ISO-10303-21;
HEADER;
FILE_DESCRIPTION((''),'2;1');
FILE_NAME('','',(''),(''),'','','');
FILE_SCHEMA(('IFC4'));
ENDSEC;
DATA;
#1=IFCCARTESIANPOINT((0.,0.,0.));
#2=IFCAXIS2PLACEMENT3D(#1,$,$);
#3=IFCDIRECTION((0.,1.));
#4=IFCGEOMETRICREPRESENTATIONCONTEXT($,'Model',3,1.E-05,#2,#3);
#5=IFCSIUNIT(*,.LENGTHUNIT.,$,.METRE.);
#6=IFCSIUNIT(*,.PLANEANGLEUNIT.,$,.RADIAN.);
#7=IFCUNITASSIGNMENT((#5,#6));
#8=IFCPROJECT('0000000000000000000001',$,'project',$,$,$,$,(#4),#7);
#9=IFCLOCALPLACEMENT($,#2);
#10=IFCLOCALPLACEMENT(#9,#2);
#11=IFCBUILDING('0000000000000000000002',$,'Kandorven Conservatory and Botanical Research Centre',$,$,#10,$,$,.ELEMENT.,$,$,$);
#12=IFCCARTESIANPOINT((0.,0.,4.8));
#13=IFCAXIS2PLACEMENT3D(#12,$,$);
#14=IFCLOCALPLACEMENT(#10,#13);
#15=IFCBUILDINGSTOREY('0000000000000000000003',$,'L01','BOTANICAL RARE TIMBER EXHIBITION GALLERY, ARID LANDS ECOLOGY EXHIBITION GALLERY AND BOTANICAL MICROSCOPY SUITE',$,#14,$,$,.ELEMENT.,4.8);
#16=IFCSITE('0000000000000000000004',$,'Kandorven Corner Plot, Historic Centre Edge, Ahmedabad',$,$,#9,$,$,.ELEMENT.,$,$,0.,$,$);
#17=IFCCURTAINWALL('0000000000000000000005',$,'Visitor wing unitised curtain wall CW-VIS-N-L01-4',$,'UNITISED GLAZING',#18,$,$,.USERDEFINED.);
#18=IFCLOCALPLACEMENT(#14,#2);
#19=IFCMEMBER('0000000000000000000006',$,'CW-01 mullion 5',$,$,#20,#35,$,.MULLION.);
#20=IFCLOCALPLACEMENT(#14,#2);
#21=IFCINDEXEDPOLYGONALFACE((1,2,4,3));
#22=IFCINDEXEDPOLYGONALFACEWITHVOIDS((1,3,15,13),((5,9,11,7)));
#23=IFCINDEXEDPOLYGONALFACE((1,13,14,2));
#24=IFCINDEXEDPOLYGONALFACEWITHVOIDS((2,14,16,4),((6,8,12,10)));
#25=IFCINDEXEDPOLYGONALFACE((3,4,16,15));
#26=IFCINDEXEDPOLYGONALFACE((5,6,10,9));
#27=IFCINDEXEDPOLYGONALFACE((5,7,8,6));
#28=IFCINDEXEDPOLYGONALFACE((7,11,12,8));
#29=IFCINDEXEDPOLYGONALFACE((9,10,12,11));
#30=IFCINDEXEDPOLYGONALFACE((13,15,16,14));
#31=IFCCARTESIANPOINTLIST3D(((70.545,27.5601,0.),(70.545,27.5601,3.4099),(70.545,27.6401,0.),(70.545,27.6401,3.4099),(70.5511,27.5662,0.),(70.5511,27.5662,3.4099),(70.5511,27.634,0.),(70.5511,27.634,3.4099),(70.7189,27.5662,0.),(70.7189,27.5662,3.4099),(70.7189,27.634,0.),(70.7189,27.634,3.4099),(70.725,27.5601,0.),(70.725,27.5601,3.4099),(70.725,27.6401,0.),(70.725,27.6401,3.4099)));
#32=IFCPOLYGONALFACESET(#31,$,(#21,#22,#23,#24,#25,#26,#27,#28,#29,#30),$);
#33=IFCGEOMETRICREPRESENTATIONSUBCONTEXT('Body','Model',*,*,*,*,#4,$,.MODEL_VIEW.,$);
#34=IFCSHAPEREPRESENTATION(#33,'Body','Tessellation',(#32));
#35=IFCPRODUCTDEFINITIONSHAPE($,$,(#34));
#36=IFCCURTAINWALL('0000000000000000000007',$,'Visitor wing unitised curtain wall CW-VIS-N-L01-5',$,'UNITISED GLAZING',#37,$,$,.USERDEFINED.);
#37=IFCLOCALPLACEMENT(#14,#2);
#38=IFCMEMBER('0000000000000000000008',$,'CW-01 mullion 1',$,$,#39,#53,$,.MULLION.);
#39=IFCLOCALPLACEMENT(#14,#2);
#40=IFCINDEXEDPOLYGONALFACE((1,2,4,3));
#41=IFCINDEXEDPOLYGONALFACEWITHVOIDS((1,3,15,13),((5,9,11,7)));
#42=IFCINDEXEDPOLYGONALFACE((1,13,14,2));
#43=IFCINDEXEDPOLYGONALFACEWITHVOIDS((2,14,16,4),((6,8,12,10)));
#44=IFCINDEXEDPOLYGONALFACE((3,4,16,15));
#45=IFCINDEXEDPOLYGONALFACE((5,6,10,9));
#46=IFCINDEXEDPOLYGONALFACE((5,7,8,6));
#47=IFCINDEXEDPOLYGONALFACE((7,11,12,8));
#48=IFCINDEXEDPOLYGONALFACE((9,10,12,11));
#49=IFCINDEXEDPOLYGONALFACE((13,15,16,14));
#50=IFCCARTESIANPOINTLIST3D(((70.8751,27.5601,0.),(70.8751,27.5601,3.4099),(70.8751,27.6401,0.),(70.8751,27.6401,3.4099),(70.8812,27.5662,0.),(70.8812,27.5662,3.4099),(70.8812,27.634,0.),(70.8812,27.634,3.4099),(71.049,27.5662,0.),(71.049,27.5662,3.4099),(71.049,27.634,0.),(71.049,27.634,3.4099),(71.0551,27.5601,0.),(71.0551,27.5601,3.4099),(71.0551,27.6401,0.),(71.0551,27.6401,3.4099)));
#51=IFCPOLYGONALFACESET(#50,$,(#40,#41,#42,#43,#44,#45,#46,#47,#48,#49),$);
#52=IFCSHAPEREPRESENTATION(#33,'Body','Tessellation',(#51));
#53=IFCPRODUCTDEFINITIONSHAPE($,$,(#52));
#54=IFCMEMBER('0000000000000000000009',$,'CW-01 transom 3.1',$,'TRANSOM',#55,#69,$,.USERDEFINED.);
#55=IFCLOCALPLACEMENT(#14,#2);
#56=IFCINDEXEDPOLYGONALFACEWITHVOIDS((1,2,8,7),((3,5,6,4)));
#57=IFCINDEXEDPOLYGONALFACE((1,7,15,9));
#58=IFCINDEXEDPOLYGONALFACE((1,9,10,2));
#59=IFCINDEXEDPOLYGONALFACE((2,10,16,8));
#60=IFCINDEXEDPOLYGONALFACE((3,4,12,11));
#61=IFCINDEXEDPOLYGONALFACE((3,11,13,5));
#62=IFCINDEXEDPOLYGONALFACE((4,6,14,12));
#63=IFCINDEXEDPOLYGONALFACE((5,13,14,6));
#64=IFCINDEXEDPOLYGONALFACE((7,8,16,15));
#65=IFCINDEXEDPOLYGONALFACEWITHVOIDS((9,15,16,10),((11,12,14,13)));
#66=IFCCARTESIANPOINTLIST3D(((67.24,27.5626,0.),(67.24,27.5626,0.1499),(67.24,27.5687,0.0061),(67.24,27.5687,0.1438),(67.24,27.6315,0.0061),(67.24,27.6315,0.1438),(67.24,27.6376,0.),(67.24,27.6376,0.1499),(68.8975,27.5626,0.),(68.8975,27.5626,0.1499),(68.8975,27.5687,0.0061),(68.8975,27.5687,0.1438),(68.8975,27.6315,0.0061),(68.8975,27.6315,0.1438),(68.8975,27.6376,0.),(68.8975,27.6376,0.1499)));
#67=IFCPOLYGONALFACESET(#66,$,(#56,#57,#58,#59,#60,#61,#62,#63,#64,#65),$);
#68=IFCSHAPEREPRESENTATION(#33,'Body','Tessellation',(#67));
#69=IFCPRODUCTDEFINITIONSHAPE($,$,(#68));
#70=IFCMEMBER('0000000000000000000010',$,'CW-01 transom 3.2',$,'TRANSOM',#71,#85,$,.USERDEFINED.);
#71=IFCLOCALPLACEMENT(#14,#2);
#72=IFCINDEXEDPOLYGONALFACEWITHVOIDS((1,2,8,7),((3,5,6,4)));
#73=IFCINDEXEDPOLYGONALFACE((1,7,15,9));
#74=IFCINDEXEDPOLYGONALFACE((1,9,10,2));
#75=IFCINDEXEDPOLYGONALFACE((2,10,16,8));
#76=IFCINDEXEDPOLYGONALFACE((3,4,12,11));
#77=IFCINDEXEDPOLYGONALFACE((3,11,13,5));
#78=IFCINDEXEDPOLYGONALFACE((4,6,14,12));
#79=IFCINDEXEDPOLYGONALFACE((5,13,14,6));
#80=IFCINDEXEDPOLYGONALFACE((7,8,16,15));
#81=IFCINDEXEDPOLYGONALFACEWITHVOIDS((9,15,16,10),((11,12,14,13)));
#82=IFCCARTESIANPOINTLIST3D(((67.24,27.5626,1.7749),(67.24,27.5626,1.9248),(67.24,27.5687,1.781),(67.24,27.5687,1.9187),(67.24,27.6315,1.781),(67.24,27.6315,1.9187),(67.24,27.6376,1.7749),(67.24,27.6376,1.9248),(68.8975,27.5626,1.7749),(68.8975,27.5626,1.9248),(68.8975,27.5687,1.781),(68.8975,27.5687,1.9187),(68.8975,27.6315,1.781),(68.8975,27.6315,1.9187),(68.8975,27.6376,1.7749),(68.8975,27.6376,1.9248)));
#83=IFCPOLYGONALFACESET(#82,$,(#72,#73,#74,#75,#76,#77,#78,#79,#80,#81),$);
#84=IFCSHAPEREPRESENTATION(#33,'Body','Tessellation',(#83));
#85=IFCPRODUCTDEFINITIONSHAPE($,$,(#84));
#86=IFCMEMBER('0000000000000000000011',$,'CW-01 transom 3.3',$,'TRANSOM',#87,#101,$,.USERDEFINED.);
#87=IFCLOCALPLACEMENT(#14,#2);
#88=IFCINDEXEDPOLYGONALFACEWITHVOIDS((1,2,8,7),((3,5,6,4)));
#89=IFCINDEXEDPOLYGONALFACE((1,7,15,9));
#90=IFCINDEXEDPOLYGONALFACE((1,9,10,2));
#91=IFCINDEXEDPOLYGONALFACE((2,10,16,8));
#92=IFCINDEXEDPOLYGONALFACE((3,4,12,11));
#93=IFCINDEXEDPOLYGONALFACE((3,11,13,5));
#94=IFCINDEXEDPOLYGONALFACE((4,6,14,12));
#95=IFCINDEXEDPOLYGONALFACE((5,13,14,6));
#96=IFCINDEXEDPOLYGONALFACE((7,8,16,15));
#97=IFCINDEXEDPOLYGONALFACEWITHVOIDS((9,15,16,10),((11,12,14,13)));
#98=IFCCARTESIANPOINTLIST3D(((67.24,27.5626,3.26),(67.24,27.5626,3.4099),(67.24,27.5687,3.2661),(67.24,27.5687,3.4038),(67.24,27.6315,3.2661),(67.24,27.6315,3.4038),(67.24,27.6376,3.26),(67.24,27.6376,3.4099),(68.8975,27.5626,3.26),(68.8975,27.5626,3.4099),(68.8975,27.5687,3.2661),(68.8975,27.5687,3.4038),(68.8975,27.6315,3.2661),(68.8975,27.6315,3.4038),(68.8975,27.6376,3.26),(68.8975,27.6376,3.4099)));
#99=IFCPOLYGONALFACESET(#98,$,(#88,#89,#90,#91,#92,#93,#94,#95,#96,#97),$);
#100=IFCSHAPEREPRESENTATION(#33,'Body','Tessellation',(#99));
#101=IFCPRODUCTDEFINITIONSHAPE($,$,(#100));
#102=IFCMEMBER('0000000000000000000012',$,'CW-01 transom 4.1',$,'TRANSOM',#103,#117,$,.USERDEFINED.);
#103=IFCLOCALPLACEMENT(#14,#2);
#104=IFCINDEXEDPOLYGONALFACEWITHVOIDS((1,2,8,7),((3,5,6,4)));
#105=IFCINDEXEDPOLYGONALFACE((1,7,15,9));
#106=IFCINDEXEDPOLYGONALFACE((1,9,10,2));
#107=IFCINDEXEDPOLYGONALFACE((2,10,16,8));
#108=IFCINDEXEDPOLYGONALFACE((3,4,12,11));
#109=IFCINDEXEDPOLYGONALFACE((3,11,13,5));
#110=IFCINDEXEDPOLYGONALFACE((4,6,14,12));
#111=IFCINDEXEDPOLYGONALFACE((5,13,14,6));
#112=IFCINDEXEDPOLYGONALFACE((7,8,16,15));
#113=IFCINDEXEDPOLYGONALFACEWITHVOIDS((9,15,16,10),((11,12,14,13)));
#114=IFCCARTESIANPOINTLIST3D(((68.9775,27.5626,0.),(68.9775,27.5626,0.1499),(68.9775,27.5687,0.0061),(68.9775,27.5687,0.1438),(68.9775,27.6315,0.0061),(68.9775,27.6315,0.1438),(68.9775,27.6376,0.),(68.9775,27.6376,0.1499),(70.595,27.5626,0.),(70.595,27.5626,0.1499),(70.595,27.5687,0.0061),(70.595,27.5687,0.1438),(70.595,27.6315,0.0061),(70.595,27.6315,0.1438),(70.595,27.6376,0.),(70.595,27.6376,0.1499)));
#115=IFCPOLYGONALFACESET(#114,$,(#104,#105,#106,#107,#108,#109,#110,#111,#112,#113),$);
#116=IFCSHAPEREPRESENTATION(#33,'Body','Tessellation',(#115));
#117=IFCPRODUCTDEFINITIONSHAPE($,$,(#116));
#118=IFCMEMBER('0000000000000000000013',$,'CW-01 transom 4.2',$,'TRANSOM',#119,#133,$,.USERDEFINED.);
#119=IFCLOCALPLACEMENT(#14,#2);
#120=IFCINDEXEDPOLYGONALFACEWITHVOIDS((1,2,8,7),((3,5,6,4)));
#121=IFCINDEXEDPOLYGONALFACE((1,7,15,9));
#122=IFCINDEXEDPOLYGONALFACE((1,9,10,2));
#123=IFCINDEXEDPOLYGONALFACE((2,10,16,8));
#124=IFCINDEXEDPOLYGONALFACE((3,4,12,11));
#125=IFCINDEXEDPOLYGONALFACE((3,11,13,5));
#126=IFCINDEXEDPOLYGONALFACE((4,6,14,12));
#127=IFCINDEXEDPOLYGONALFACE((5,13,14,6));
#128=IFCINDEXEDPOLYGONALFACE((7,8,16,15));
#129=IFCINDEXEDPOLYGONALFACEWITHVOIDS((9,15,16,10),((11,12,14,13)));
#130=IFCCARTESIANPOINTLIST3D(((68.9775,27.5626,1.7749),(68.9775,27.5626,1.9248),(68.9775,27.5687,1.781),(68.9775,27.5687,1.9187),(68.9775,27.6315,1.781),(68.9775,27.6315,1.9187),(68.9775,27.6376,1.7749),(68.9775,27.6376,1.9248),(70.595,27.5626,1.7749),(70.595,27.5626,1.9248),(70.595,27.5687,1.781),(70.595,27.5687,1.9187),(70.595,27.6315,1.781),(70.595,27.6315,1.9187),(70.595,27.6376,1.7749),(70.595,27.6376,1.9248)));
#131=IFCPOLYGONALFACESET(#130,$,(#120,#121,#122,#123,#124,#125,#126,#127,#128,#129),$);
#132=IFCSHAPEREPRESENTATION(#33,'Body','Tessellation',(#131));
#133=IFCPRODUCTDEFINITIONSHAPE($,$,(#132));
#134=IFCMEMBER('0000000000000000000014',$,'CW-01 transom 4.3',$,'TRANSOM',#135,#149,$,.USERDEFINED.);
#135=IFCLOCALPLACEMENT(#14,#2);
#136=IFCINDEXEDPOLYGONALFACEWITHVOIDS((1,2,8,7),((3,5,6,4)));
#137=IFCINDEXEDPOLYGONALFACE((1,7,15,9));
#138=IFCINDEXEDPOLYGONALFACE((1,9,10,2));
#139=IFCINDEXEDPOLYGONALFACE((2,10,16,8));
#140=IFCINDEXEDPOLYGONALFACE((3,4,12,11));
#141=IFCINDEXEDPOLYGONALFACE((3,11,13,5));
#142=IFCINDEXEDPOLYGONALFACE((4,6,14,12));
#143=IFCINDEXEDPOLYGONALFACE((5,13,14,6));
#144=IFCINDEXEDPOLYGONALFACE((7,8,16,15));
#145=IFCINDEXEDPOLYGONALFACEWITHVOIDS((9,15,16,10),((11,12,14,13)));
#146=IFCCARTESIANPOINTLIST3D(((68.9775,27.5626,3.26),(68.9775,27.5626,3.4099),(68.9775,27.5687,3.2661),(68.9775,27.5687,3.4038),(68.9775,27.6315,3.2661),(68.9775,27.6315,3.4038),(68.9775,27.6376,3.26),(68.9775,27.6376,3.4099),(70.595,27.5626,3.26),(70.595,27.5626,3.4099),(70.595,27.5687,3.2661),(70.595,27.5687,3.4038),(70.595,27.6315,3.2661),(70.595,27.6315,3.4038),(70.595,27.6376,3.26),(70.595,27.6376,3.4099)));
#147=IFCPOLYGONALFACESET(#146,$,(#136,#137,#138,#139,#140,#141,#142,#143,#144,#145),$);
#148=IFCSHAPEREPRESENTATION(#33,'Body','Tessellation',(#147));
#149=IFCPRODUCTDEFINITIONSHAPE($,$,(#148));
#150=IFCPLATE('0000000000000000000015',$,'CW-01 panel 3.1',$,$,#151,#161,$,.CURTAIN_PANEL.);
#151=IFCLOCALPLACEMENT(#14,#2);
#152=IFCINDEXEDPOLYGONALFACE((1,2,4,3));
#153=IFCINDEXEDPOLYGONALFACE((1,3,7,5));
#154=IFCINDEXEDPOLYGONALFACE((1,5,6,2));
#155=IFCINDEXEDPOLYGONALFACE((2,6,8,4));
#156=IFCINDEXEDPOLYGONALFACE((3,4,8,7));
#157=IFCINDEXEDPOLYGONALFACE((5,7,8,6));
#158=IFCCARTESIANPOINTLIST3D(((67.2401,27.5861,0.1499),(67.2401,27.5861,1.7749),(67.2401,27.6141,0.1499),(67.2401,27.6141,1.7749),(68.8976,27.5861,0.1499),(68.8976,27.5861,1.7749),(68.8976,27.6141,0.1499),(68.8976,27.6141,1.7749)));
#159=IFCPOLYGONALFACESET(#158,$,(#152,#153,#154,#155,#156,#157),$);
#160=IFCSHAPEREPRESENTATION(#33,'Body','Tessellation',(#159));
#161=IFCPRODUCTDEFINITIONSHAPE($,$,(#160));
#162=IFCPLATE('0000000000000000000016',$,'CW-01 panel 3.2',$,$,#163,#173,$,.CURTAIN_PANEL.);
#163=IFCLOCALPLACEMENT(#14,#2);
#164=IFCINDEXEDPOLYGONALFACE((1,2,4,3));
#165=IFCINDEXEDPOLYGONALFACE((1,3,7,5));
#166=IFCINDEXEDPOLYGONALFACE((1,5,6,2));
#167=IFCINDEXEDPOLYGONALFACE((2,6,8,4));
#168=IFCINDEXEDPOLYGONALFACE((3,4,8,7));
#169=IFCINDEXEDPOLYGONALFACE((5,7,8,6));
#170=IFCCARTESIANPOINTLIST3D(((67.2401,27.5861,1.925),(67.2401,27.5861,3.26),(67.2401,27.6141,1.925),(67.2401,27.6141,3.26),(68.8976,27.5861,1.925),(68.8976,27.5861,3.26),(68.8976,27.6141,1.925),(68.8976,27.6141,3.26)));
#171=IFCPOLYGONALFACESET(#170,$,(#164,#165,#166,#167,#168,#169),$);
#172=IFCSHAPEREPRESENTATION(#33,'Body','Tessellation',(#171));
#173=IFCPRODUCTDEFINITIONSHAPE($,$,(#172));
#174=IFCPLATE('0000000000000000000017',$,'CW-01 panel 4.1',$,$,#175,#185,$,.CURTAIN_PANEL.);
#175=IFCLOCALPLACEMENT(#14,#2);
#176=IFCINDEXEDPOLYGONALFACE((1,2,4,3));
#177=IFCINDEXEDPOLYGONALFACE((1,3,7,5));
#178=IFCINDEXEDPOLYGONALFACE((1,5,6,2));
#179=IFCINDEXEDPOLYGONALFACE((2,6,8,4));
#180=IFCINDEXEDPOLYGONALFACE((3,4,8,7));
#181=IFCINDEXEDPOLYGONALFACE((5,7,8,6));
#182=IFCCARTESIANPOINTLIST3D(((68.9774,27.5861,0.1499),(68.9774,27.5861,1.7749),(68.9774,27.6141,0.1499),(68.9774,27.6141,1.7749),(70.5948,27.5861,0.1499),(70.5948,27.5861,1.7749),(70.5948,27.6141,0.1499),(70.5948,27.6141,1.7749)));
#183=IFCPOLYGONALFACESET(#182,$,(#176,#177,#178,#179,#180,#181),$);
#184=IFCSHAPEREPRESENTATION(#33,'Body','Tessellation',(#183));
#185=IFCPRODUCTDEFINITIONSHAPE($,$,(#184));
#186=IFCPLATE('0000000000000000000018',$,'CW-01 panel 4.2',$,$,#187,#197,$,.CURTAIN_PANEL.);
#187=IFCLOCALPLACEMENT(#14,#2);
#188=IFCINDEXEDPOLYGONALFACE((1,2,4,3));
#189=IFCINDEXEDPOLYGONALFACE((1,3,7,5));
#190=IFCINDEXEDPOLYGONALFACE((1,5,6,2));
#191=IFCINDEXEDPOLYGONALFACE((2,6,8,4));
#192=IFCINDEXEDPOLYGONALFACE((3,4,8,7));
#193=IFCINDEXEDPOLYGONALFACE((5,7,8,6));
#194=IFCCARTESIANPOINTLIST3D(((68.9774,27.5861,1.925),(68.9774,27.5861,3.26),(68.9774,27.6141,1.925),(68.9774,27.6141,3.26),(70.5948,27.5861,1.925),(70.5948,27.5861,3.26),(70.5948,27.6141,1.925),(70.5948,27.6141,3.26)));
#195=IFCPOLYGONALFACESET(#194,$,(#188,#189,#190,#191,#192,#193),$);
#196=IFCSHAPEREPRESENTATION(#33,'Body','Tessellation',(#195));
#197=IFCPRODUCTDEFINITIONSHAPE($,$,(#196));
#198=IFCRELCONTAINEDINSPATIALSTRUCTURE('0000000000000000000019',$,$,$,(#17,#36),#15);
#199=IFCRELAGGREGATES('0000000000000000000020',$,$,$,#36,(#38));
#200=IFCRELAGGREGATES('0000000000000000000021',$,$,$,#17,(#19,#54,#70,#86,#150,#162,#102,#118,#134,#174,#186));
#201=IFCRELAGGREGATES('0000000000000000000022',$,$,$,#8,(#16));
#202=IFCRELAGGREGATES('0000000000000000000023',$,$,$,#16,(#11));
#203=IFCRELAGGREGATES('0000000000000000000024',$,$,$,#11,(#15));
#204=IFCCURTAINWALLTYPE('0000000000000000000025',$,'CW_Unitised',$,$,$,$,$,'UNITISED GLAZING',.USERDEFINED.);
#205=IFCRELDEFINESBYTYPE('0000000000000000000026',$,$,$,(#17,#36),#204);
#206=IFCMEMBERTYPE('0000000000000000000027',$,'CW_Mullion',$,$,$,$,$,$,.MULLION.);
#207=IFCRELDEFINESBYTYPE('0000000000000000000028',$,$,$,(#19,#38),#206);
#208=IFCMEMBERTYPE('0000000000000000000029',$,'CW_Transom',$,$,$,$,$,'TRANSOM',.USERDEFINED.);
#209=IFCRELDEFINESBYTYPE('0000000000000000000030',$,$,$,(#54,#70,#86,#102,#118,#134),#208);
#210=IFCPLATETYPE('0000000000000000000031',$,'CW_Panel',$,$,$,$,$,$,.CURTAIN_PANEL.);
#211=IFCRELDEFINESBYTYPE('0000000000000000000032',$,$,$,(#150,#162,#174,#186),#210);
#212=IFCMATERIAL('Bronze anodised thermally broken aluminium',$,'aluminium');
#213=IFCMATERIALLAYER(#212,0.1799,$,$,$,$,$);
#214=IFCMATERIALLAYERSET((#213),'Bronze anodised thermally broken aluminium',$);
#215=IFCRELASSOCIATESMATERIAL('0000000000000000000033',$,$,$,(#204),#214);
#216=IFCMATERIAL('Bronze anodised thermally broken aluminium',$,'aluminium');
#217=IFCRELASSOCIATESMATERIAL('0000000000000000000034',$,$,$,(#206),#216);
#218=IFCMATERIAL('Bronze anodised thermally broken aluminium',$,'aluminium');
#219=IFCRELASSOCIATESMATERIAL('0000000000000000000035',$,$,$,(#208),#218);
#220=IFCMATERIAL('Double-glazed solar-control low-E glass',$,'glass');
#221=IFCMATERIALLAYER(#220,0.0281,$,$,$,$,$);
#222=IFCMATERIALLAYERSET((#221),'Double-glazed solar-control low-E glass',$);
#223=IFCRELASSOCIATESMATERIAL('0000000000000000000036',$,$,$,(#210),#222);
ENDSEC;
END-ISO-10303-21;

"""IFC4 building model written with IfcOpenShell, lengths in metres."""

from ifc_helpers import new_model, si_unit, direction, frame, origin, origin_2d, place, context, subcontext, project, spatial, rectangle, hollow_rectangle, extrude, material, layer, layer_set, material_profile, profile_set, type_object, element, aggregate, save


model = new_model("IFC4")

# Units and contexts
model_context = context("Model", 3, precision=1e-05, world=origin(), true_north=direction((0.0, 1.0)))
body_context = subcontext(model_context, "Body", "Model", "MODEL_VIEW")
ifc_project = project(units=[si_unit("LENGTHUNIT", "METRE"), si_unit("PLANEANGLEUNIT", "RADIAN")], contexts=[model_context])

# Site, building, storey
site_placement = place(None, origin())
site = spatial("IfcSite", under=ifc_project, at=site_placement, Name="Kandorven Corner Plot, Historic Centre Edge, Ahmedabad", CompositionType="ELEMENT", RefElevation=0.0)
building_placement = place(site_placement, origin())
building = spatial("IfcBuilding", under=site, at=building_placement, Name="Kandorven Conservatory and Botanical Research Centre", CompositionType="ELEMENT")
storey_placement = place(building_placement, frame((0.0, 0.0, 4.8)))
storey = spatial("IfcBuildingStorey", under=building, at=storey_placement, Name="L01", Description="BOTANICAL RARE TIMBER EXHIBITION GALLERY, ARID LANDS ECOLOGY EXHIBITION GALLERY AND BOTANICAL MICROSCOPY SUITE", CompositionType="ELEMENT", Elevation=4.8)

# Curtain wall, member
ifc_material_1 = material(Name="Bronze anodised thermally broken aluminium", Category="aluminium")
ifc_layer_1 = layer(ifc_material_1, 0.1799)
ifc_layer_set_1 = layer_set([ifc_layer_1], Name="Bronze anodised thermally broken aluminium")
curtain_wall_type = type_object("IfcCurtainWallType", Name="CW_Unitised", ElementType="UNITISED GLAZING", PredefinedType="USERDEFINED", material=ifc_layer_set_1)
curtain_wall_1_placement = place(storey_placement, origin())
curtain_wall_1 = element("IfcCurtainWall", 1, at=curtain_wall_1_placement, inside=storey, type_object=curtain_wall_type, Name="Visitor wing unitised curtain wall CW-VIS-N-L01-4", ObjectType="UNITISED GLAZING", PredefinedType="USERDEFINED")
ifc_material_2 = material(Name="Bronze anodised thermally broken aluminium", Category="aluminium")
ifc_material_profile_1 = material_profile(ifc_material_2, hollow_rectangle(XDim=0.0801, YDim=0.1799, WallThickness=0.0061, at=origin_2d()))
ifc_profile_set_1 = profile_set([ifc_material_profile_1], Name="Bronze anodised thermally broken aluminium")
member_type_1 = type_object("IfcMemberType", Name="CW_Mullion", PredefinedType="MULLION", material=ifc_profile_set_1)
member_1_placement = place(storey_placement, frame((70.635, 27.6001, 0.0), z_axis=(0.0, 0.0, 1.0), x_axis=(0.0, 1.0, 0.0)))
member_1 = element("IfcMember", 2, at=member_1_placement, type_object=member_type_1, Name="CW-01 mullion 5", PredefinedType="MULLION", context=body_context, shape_type="SweptSolid", body=[
    extrude(hollow_rectangle(XDim=0.0801, YDim=0.1799, WallThickness=0.0061, at=origin_2d()), origin(), (0.0, 0.0, 1.0), 3.4099),
])

# Curtain wall, member
curtain_wall_2_placement = place(storey_placement, origin())
curtain_wall_2 = element("IfcCurtainWall", 3, at=curtain_wall_2_placement, inside=storey, type_object=curtain_wall_type, Name="Visitor wing unitised curtain wall CW-VIS-N-L01-5", ObjectType="UNITISED GLAZING", PredefinedType="USERDEFINED")
member_2_placement = place(storey_placement, frame((70.9651, 27.6001, 0.0), z_axis=(0.0, 0.0, 1.0), x_axis=(0.0, 1.0, 0.0)))
member_2 = element("IfcMember", 4, at=member_2_placement, type_object=member_type_1, Name="CW-01 mullion 1", PredefinedType="MULLION", context=body_context, shape_type="SweptSolid", body=[
    extrude(hollow_rectangle(XDim=0.0801, YDim=0.1799, WallThickness=0.0061, at=origin_2d()), origin(), (0.0, 0.0, 1.0), 3.4099),
])
aggregate(curtain_wall_2, [member_2])

# Members
ifc_material_3 = material(Name="Bronze anodised thermally broken aluminium", Category="aluminium")
ifc_material_profile_2 = material_profile(ifc_material_3, hollow_rectangle(XDim=0.075, YDim=0.1499, WallThickness=0.0061, at=origin_2d()))
ifc_profile_set_2 = profile_set([ifc_material_profile_2], Name="Bronze anodised thermally broken aluminium")
member_type_2 = type_object("IfcMemberType", Name="CW_Transom", ElementType="TRANSOM", PredefinedType="USERDEFINED", material=ifc_profile_set_2)
member_3_placement = place(storey_placement, frame((67.24, 27.6001, 0.075), z_axis=(1.0, 0.0, 0.0), x_axis=(0.0, 1.0, 0.0)))
member_3 = element("IfcMember", 5, at=member_3_placement, type_object=member_type_2, Name="CW-01 transom 3.1", ObjectType="TRANSOM", PredefinedType="USERDEFINED", context=body_context, shape_type="SweptSolid", body=[
    extrude(hollow_rectangle(XDim=0.075, YDim=0.1499, WallThickness=0.0061, at=origin_2d()), origin(), (0.0, 0.0, 1.0), 1.6575),
])
member_4_placement = place(storey_placement, frame((67.24, 27.6001, 1.8499), z_axis=(1.0, 0.0, 0.0), x_axis=(0.0, 1.0, 0.0)))
member_4 = element("IfcMember", 6, at=member_4_placement, type_object=member_type_2, Name="CW-01 transom 3.2", ObjectType="TRANSOM", PredefinedType="USERDEFINED", context=body_context, shape_type="SweptSolid", body=[
    extrude(hollow_rectangle(XDim=0.075, YDim=0.1499, WallThickness=0.0061, at=origin_2d()), origin(), (0.0, 0.0, 1.0), 1.6575),
])
member_5_placement = place(storey_placement, frame((67.24, 27.6001, 3.335), z_axis=(1.0, 0.0, 0.0), x_axis=(0.0, 1.0, 0.0)))
member_5 = element("IfcMember", 7, at=member_5_placement, type_object=member_type_2, Name="CW-01 transom 3.3", ObjectType="TRANSOM", PredefinedType="USERDEFINED", context=body_context, shape_type="SweptSolid", body=[
    extrude(hollow_rectangle(XDim=0.075, YDim=0.1499, WallThickness=0.0061, at=origin_2d()), origin(), (0.0, 0.0, 1.0), 1.6575),
])
member_6_placement = place(storey_placement, frame((68.9775, 27.6001, 0.075), z_axis=(1.0, 0.0, 0.0), x_axis=(0.0, 1.0, 0.0)))
member_6 = element("IfcMember", 8, at=member_6_placement, type_object=member_type_2, Name="CW-01 transom 4.1", ObjectType="TRANSOM", PredefinedType="USERDEFINED", context=body_context, shape_type="SweptSolid", body=[
    extrude(hollow_rectangle(XDim=0.075, YDim=0.1499, WallThickness=0.0061, at=origin_2d()), origin(), (0.0, 0.0, 1.0), 1.6174),
])
member_7_placement = place(storey_placement, frame((68.9775, 27.6001, 1.8499), z_axis=(1.0, 0.0, 0.0), x_axis=(0.0, 1.0, 0.0)))
member_7 = element("IfcMember", 9, at=member_7_placement, type_object=member_type_2, Name="CW-01 transom 4.2", ObjectType="TRANSOM", PredefinedType="USERDEFINED", context=body_context, shape_type="SweptSolid", body=[
    extrude(hollow_rectangle(XDim=0.075, YDim=0.1499, WallThickness=0.0061, at=origin_2d()), origin(), (0.0, 0.0, 1.0), 1.6174),
])
member_8_placement = place(storey_placement, frame((68.9775, 27.6001, 3.335), z_axis=(1.0, 0.0, 0.0), x_axis=(0.0, 1.0, 0.0)))
member_8 = element("IfcMember", 10, at=member_8_placement, type_object=member_type_2, Name="CW-01 transom 4.3", ObjectType="TRANSOM", PredefinedType="USERDEFINED", context=body_context, shape_type="SweptSolid", body=[
    extrude(hollow_rectangle(XDim=0.075, YDim=0.1499, WallThickness=0.0061, at=origin_2d()), origin(), (0.0, 0.0, 1.0), 1.6174),
])

# Plates
ifc_material_4 = material(Name="Double-glazed solar-control low-E glass", Category="glass")
ifc_layer_2 = layer(ifc_material_4, 0.0281)
ifc_layer_set_2 = layer_set([ifc_layer_2], Name="Double-glazed solar-control low-E glass")
plate_type = type_object("IfcPlateType", Name="CW_Panel", PredefinedType="CURTAIN_PANEL", material=ifc_layer_set_2)
plate_1_placement = place(storey_placement, frame((68.0688, 27.6001, 0.1499), z_axis=(0.0, 0.0, 1.0), x_axis=(1.0, 0.0, 0.0)))
plate_1 = element("IfcPlate", 11, at=plate_1_placement, type_object=plate_type, Name="CW-01 panel 3.1", PredefinedType="CURTAIN_PANEL", context=body_context, shape_type="SweptSolid", body=[
    extrude(rectangle(XDim=1.6575, YDim=0.0281, at=origin_2d()), origin(), (0.0, 0.0, 1.0), 1.625),
])
plate_2_placement = place(storey_placement, frame((68.0688, 27.6001, 1.925), z_axis=(0.0, 0.0, 1.0), x_axis=(1.0, 0.0, 0.0)))
plate_2 = element("IfcPlate", 12, at=plate_2_placement, type_object=plate_type, Name="CW-01 panel 3.2", PredefinedType="CURTAIN_PANEL", context=body_context, shape_type="SweptSolid", body=[
    extrude(rectangle(XDim=1.6575, YDim=0.0281, at=origin_2d()), origin(), (0.0, 0.0, 1.0), 1.335),
])
plate_3_placement = place(storey_placement, frame((69.7861, 27.6001, 0.1499), z_axis=(0.0, 0.0, 1.0), x_axis=(1.0, 0.0, 0.0)))
plate_3 = element("IfcPlate", 13, at=plate_3_placement, type_object=plate_type, Name="CW-01 panel 4.1", PredefinedType="CURTAIN_PANEL", context=body_context, shape_type="SweptSolid", body=[
    extrude(rectangle(XDim=1.6174, YDim=0.0281, at=origin_2d()), origin(), (0.0, 0.0, 1.0), 1.625),
])
plate_4_placement = place(storey_placement, frame((69.7861, 27.6001, 1.925), z_axis=(0.0, 0.0, 1.0), x_axis=(1.0, 0.0, 0.0)))
plate_4 = element("IfcPlate", 14, at=plate_4_placement, type_object=plate_type, Name="CW-01 panel 4.2", PredefinedType="CURTAIN_PANEL", context=body_context, shape_type="SweptSolid", body=[
    extrude(rectangle(XDim=1.6174, YDim=0.0281, at=origin_2d()), origin(), (0.0, 0.0, 1.0), 1.335),
])
aggregate(curtain_wall_1, [member_1, member_3, member_4, member_5, plate_1, plate_2, member_6, member_7, member_8, plate_3, plate_4])

save(model, "model.ifc")
